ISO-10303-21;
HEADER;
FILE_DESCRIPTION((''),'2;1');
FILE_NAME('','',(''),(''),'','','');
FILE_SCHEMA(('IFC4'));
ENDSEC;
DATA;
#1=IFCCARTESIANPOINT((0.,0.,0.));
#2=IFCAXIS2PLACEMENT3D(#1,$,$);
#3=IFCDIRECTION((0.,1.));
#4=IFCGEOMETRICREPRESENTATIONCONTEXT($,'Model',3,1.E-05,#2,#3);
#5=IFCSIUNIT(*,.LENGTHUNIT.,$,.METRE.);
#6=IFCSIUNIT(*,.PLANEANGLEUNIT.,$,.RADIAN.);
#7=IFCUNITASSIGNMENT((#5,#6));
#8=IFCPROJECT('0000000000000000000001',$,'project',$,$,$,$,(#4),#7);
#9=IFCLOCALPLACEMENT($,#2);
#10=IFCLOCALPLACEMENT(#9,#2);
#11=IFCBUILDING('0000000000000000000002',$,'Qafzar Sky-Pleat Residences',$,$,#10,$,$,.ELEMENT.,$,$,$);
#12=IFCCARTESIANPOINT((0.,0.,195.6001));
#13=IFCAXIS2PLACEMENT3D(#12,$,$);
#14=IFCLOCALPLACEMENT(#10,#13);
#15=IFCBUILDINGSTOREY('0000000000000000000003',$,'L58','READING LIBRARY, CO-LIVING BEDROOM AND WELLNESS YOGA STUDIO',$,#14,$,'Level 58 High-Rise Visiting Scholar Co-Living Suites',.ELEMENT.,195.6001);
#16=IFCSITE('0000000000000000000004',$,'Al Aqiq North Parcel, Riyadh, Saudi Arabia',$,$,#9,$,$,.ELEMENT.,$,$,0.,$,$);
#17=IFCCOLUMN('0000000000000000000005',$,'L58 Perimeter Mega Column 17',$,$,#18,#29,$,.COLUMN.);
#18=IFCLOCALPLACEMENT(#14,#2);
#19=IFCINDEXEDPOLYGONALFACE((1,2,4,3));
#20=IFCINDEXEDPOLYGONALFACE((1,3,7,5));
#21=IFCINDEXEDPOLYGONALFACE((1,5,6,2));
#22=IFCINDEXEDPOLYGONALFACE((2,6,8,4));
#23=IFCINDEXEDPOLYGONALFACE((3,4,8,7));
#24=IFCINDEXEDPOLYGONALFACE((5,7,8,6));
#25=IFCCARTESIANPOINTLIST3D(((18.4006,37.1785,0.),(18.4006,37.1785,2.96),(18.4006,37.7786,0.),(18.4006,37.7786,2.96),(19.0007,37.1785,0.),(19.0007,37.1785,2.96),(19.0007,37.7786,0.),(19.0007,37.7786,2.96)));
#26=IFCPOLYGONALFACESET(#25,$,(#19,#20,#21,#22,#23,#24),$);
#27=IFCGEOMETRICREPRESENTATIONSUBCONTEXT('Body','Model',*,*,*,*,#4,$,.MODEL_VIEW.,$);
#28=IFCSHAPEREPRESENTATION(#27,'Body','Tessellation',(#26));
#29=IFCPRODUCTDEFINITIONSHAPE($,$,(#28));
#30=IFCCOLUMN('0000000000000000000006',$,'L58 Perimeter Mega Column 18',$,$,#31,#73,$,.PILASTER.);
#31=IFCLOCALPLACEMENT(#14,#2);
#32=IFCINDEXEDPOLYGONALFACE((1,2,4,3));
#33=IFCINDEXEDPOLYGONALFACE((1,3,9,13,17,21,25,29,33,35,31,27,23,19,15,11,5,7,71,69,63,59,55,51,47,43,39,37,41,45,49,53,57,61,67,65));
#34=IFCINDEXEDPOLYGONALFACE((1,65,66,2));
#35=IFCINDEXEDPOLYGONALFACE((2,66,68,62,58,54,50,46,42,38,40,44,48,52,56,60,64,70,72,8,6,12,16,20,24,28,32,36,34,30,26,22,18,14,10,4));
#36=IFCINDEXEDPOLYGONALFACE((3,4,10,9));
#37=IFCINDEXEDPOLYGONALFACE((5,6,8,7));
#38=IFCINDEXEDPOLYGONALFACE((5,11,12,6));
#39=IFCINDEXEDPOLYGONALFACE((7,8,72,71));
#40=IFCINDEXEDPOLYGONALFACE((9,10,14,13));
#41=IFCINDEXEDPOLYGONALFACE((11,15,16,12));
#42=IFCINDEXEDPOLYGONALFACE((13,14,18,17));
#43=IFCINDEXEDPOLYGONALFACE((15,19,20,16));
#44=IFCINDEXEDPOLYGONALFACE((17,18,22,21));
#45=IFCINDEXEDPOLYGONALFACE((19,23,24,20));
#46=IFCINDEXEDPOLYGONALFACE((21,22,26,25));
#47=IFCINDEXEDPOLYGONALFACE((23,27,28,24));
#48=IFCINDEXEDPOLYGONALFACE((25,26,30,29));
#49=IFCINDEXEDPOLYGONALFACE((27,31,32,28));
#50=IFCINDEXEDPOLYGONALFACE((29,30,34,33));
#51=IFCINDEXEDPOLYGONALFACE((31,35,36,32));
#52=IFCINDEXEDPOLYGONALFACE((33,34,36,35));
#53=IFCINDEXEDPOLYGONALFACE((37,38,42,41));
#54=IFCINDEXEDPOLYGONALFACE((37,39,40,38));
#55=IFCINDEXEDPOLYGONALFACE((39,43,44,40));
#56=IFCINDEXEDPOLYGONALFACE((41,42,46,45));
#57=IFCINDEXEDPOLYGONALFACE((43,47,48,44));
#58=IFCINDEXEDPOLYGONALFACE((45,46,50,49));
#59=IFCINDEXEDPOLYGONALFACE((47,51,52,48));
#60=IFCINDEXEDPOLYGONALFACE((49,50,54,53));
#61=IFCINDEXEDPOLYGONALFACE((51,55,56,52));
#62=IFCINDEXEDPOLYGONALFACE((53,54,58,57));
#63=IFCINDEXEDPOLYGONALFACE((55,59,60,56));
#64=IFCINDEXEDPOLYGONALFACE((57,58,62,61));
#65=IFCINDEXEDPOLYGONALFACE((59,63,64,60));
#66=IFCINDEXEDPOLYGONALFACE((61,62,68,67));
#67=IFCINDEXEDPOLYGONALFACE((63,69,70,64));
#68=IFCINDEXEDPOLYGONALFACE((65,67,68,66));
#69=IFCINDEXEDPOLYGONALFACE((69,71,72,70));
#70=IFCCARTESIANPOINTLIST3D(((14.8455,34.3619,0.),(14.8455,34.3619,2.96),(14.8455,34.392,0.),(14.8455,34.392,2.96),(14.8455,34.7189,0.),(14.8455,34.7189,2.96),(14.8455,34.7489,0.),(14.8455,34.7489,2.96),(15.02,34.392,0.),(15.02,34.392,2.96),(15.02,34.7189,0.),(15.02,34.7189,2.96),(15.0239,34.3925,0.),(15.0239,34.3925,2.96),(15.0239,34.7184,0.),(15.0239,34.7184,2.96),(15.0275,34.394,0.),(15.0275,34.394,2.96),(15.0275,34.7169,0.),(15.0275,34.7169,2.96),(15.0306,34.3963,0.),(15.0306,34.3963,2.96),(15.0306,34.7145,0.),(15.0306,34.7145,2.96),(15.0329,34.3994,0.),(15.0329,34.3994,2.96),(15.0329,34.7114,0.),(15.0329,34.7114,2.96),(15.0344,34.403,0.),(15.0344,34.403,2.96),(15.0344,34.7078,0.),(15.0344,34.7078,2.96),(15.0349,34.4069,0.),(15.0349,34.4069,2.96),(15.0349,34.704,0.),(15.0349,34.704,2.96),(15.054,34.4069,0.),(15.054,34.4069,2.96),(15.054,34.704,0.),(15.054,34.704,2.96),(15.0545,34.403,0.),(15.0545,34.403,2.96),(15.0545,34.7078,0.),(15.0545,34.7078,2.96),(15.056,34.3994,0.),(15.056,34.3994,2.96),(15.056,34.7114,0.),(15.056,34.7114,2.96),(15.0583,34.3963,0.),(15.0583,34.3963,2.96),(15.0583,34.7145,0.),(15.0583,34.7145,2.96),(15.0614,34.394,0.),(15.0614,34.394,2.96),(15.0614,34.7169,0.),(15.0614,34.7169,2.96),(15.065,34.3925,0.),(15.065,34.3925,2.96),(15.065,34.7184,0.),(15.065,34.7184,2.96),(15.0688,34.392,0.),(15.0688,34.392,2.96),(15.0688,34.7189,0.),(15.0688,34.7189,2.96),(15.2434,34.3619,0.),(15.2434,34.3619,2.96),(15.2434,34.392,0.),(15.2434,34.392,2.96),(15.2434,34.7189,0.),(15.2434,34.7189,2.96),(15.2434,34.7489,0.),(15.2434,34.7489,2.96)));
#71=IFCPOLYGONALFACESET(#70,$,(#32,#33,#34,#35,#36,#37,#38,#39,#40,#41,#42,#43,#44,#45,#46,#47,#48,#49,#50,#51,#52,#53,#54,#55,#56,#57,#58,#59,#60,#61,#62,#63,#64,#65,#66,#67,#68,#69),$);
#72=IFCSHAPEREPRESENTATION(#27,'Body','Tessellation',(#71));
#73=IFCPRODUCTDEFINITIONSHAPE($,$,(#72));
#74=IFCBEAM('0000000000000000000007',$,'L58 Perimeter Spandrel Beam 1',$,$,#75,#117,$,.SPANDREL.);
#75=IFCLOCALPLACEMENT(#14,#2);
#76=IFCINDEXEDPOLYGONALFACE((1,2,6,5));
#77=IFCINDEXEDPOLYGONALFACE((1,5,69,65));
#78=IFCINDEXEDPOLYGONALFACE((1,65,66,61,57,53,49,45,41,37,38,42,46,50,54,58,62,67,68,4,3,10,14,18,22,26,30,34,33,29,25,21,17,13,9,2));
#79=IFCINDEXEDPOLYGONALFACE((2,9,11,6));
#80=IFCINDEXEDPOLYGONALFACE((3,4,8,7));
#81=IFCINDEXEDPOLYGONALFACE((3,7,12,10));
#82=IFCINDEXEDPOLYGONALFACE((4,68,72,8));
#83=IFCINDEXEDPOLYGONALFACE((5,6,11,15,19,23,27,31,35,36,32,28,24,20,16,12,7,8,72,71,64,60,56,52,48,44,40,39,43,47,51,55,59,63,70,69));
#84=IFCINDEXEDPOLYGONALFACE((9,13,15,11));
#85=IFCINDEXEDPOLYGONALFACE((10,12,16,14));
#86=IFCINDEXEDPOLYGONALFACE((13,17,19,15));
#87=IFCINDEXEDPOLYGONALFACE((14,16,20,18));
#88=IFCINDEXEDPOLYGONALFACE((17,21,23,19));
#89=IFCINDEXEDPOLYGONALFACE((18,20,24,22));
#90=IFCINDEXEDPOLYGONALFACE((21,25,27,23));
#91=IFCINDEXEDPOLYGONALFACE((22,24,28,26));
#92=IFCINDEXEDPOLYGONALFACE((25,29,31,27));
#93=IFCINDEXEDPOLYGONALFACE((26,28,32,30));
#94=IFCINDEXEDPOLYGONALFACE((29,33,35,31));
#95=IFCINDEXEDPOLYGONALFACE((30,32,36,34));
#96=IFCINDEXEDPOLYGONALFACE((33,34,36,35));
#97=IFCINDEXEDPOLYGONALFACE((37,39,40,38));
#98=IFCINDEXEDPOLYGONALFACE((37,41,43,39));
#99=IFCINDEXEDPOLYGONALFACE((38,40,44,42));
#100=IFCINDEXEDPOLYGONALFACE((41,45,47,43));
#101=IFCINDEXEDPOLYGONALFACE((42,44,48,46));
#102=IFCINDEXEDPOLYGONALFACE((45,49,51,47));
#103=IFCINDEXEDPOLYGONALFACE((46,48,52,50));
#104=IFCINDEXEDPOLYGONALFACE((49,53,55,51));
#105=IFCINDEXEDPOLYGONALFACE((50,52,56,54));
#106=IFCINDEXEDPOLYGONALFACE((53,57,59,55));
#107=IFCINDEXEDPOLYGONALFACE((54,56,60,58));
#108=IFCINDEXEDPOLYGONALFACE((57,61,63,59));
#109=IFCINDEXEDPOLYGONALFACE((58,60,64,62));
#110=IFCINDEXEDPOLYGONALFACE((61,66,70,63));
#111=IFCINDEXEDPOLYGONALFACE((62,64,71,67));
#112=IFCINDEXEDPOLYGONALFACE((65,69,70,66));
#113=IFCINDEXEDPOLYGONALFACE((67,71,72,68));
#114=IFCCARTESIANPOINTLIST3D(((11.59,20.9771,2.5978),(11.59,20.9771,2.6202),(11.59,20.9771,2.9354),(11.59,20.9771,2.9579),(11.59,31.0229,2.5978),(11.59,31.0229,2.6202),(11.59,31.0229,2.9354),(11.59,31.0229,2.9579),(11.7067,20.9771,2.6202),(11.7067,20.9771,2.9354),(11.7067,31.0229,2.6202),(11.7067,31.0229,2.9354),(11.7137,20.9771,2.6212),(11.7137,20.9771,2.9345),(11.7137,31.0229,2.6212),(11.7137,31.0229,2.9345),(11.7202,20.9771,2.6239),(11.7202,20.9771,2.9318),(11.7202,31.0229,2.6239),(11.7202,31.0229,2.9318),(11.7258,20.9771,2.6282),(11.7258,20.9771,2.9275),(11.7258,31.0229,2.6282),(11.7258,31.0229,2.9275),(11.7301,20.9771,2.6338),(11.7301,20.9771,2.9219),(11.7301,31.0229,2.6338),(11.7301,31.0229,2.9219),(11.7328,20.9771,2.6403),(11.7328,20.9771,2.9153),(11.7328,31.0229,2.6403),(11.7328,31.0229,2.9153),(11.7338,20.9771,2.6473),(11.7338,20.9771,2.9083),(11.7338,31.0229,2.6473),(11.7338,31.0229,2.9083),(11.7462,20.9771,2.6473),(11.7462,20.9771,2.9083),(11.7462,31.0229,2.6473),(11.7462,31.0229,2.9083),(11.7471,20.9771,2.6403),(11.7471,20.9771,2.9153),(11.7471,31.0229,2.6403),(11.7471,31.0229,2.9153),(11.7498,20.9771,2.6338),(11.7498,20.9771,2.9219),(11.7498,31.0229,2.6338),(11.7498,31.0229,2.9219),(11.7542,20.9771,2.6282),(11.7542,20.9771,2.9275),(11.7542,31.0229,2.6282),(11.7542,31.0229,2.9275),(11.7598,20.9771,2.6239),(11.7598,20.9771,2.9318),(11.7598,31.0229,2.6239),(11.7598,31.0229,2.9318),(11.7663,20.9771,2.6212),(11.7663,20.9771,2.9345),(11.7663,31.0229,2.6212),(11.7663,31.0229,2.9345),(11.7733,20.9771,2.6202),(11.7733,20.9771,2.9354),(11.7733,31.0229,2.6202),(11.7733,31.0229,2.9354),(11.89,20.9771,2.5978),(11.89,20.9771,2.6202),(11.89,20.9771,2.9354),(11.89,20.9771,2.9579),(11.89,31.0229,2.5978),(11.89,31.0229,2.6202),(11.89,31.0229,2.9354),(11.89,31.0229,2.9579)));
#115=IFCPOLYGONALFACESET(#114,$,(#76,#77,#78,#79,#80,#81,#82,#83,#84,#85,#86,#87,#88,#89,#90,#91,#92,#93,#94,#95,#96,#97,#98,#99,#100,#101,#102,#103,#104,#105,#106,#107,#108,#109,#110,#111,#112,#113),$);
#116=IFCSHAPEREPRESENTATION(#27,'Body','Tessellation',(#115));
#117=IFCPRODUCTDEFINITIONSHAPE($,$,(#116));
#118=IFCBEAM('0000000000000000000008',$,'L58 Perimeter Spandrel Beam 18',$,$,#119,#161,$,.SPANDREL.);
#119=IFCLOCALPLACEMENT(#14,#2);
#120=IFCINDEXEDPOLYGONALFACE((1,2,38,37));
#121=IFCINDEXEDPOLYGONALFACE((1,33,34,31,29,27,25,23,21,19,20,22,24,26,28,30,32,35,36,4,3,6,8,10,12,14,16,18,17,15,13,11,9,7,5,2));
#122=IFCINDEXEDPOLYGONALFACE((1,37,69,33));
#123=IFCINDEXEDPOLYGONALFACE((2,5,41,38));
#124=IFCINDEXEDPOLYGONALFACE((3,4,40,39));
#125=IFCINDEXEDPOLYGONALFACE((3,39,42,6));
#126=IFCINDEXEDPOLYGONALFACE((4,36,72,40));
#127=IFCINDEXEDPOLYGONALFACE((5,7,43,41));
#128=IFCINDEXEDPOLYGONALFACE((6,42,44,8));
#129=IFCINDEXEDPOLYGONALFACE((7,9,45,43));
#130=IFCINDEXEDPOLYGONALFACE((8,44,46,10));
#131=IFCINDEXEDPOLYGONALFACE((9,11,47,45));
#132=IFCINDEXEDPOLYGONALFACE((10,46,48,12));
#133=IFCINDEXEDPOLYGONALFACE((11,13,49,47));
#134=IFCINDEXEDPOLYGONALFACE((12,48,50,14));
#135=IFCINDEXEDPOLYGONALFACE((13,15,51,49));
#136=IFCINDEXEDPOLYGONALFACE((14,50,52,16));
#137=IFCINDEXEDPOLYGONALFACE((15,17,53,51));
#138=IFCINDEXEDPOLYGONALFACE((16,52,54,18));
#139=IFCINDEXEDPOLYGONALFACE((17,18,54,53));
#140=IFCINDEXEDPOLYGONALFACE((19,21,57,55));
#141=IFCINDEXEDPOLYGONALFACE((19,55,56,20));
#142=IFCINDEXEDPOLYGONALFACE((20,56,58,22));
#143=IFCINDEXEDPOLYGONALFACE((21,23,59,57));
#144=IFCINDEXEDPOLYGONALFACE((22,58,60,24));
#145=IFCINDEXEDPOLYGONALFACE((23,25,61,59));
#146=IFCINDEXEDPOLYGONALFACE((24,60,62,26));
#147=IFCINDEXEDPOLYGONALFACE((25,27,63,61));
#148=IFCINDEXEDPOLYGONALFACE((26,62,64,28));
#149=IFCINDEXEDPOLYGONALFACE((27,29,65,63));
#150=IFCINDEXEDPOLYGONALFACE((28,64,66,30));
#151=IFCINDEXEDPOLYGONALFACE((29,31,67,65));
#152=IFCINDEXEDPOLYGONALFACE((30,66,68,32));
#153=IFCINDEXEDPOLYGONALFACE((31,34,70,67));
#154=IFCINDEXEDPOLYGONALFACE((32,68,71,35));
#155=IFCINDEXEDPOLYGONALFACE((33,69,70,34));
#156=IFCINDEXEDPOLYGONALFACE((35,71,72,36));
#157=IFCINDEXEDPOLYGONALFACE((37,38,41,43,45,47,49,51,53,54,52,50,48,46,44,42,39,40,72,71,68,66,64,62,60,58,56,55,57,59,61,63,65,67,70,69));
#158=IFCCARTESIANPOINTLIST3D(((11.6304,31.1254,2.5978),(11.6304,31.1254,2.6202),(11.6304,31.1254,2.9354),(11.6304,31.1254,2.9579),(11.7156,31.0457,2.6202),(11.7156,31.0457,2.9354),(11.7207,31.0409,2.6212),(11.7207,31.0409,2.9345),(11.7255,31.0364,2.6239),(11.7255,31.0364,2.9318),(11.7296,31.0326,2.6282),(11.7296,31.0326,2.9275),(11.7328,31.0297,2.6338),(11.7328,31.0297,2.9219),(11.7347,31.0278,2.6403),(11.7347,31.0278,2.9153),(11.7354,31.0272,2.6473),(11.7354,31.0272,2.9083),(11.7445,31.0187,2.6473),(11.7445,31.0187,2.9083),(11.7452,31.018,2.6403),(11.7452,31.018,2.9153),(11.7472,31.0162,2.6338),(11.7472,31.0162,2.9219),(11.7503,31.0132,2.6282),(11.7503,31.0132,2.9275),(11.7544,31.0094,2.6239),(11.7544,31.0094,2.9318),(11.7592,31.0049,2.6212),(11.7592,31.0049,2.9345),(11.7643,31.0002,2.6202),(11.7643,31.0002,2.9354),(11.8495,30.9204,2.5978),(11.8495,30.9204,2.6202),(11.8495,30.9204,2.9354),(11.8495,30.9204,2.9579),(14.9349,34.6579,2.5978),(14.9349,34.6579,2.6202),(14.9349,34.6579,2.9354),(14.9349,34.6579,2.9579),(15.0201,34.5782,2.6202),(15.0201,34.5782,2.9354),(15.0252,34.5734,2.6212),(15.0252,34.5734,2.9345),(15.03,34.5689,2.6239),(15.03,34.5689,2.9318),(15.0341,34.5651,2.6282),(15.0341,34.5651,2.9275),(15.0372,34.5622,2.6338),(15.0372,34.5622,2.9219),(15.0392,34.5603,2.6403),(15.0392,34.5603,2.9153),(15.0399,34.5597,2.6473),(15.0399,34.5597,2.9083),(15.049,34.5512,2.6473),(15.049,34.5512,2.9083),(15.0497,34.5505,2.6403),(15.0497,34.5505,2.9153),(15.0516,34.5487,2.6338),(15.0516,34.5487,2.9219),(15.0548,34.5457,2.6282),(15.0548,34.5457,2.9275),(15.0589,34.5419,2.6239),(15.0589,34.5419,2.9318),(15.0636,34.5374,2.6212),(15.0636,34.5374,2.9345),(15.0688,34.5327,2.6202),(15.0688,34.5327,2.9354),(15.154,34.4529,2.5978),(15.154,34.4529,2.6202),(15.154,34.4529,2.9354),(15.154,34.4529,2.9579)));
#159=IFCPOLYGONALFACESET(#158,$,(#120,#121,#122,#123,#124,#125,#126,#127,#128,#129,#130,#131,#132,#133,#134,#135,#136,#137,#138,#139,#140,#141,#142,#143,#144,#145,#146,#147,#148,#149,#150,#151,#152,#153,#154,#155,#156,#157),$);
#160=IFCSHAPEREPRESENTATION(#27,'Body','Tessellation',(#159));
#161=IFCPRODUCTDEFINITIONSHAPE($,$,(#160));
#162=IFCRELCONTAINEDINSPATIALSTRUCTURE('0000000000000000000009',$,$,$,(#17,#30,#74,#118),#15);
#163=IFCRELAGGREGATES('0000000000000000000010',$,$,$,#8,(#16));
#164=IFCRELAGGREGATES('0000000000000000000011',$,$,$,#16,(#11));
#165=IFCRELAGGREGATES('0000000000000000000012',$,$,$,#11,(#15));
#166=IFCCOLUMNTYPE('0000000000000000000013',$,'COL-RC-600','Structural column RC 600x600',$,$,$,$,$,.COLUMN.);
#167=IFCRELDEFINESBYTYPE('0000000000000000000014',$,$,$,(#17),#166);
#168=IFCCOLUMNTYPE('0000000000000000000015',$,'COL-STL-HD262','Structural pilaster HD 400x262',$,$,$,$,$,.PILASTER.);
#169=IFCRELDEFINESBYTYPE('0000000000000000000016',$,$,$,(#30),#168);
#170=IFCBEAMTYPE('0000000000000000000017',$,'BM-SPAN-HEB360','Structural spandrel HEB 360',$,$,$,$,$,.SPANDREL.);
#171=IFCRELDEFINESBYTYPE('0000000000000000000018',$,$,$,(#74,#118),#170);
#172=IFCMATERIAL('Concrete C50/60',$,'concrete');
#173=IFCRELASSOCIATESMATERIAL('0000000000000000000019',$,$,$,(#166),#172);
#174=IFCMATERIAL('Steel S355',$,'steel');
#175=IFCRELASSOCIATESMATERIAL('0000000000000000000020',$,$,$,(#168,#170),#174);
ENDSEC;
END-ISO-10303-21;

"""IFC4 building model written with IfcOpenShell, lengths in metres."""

from ifc_helpers import new_model, si_unit, direction, frame, origin, origin_2d, place, context, subcontext, project, spatial, rectangle, i_section, extrude, source, transform, mapped, material, material_profile, profile_set, type_object, element, save


model = new_model("IFC4")

# Units and contexts
model_context = context("Model", 3, precision=1e-05, world=origin(), true_north=direction((0.0, 1.0)))
body_context = subcontext(model_context, "Body", "Model", "MODEL_VIEW")
ifc_project = project(units=[si_unit("LENGTHUNIT", "METRE"), si_unit("PLANEANGLEUNIT", "RADIAN")], contexts=[model_context])

# Site, building, storey
site_placement = place(None, origin())
site = spatial("IfcSite", under=ifc_project, at=site_placement, Name="Al Aqiq North Parcel, Riyadh, Saudi Arabia", CompositionType="ELEMENT", RefElevation=0.0)
building_placement = place(site_placement, origin())
building = spatial("IfcBuilding", under=site, at=building_placement, Name="Qafzar Sky-Pleat Residences", CompositionType="ELEMENT")
storey_placement = place(building_placement, frame((0.0, 0.0, 195.6001)))
storey = spatial("IfcBuildingStorey", under=building, at=storey_placement, Name="L58", Description="READING LIBRARY, CO-LIVING BEDROOM AND WELLNESS YOGA STUDIO", LongName="Level 58 High-Rise Visiting Scholar Co-Living Suites", CompositionType="ELEMENT", Elevation=195.6001)

# Columns
ifc_material_1 = material(Name="Concrete C50/60", Category="concrete")
ifc_material_profile_1 = material_profile(ifc_material_1, rectangle(XDim=0.6001, YDim=0.6001, at=origin_2d()), Name="RC 600x600")
ifc_profile_set_1 = profile_set([ifc_material_profile_1], Name="Concrete C50/60")
column_type_1 = type_object("IfcColumnType", Name="COL-RC-600", Description="Structural column RC 600x600", PredefinedType="COLUMN", material=ifc_profile_set_1)
shared_shape_1 = source(origin(), body_context, "Body", "SweptSolid", [
    extrude(rectangle(XDim=0.6001, YDim=0.6001, at=origin_2d()), origin(), (0.0, 0.0, 1.0), 2.96),
])
column_1_placement = place(storey_placement, frame((18.7007, 37.4785, 0.0), z_axis=(0.0, 0.0, 1.0), x_axis=(1.0, 0.0, 0.0)))
element("IfcColumn", 1, at=column_1_placement, inside=storey, type_object=column_type_1, Name="L58 Perimeter Mega Column 17", PredefinedType="COLUMN", context=body_context, shape_type="MappedRepresentation", body=[
    mapped(shared_shape_1, transform((0.0, 0.0, 0.0), x_axis=(1.0, 0.0, 0.0), y_axis=(0.0, 1.0, 0.0), z_axis=(0.0, 0.0, 1.0), scale=1.0)),
])
ifc_material_2 = material(Name="Steel S355", Category="steel")
ifc_material_profile_2 = material_profile(ifc_material_2, i_section(OverallWidth=0.3979, OverallDepth=0.387, WebThickness=0.019, FlangeThickness=0.03, FilletRadius=0.0149, at=origin_2d()), Name="HD 400x262")
ifc_profile_set_2 = profile_set([ifc_material_profile_2], Name="Steel S355")
column_type_2 = type_object("IfcColumnType", Name="COL-STL-HD262", Description="Structural pilaster HD 400x262", PredefinedType="PILASTER", material=ifc_profile_set_2)
shared_shape_2 = source(origin(), body_context, "Body", "SweptSolid", [
    extrude(i_section(OverallWidth=0.3979, OverallDepth=0.387, WebThickness=0.019, FlangeThickness=0.03, FilletRadius=0.0149, at=origin_2d()), origin(), (0.0, 0.0, 1.0), 2.96),
])
column_2_placement = place(storey_placement, frame((15.0444, 34.5554, 0.0), z_axis=(0.0, 0.0, 1.0), x_axis=(1.0, 0.0, 0.0)))
element("IfcColumn", 2, at=column_2_placement, inside=storey, type_object=column_type_2, Name="L58 Perimeter Mega Column 18", PredefinedType="PILASTER", context=body_context, shape_type="MappedRepresentation", body=[
    mapped(shared_shape_2, transform((0.0, 0.0, 0.0), x_axis=(1.0, 0.0, 0.0), y_axis=(0.0, 1.0, 0.0), z_axis=(0.0, 0.0, 1.0), scale=1.0)),
])

# Beams
ifc_material_profile_3 = material_profile(ifc_material_2, i_section(OverallWidth=0.3, OverallDepth=0.3601, WebThickness=0.0125, FlangeThickness=0.0225, FilletRadius=0.0271, at=origin_2d()), Name="HEB 360")
ifc_profile_set_3 = profile_set([ifc_material_profile_3], Name="Steel S355")
beam_type_1 = type_object("IfcBeamType", Name="BM-SPAN-HEB360", Description="Structural spandrel HEB 360", PredefinedType="SPANDREL", material=ifc_profile_set_3)
shared_shape_3 = source(origin(), body_context, "Body", "SweptSolid", [
    extrude(i_section(OverallWidth=0.3, OverallDepth=0.3601, WebThickness=0.0125, FlangeThickness=0.0225, FilletRadius=0.0271, at=origin_2d()), origin(), (0.0, 0.0, 1.0), 10.0459),
])
beam_1_placement = place(storey_placement, frame((11.74, 31.0229, 2.7778), z_axis=(0.0, -1.0, 0.0), x_axis=(1.0, 0.0, 0.0)))
element("IfcBeam", 3, at=beam_1_placement, inside=storey, type_object=beam_type_1, Name="L58 Perimeter Spandrel Beam 1", PredefinedType="SPANDREL", context=body_context, shape_type="MappedRepresentation", body=[
    mapped(shared_shape_3, transform((0.0, 0.0, 0.0), x_axis=(1.0, 0.0, 0.0), y_axis=(0.0, 1.0, 0.0), z_axis=(0.0, 0.0, 1.0), scale=1.0)),
])
shared_shape_4 = source(origin(), body_context, "Body", "SweptSolid", [
    extrude(i_section(OverallWidth=0.3, OverallDepth=0.3601, WebThickness=0.0125, FlangeThickness=0.0225, FilletRadius=0.0271, at=origin_2d()), origin(), (0.0, 0.0, 1.0), 4.8372),
])
beam_2_placement = place(storey_placement, frame((15.0444, 34.5554, 2.7778), z_axis=(-0.683143, -0.730284, 0.0), x_axis=(0.730284, -0.683143, 0.0)))
element("IfcBeam", 4, at=beam_2_placement, inside=storey, type_object=beam_type_1, Name="L58 Perimeter Spandrel Beam 18", PredefinedType="SPANDREL", context=body_context, shape_type="MappedRepresentation", body=[
    mapped(shared_shape_4, transform((0.0, 0.0, 0.0), x_axis=(1.0, 0.0, 0.0), y_axis=(0.0, 1.0, 0.0), z_axis=(0.0, 0.0, 1.0), scale=1.0)),
])

save(model, "model.ifc")
